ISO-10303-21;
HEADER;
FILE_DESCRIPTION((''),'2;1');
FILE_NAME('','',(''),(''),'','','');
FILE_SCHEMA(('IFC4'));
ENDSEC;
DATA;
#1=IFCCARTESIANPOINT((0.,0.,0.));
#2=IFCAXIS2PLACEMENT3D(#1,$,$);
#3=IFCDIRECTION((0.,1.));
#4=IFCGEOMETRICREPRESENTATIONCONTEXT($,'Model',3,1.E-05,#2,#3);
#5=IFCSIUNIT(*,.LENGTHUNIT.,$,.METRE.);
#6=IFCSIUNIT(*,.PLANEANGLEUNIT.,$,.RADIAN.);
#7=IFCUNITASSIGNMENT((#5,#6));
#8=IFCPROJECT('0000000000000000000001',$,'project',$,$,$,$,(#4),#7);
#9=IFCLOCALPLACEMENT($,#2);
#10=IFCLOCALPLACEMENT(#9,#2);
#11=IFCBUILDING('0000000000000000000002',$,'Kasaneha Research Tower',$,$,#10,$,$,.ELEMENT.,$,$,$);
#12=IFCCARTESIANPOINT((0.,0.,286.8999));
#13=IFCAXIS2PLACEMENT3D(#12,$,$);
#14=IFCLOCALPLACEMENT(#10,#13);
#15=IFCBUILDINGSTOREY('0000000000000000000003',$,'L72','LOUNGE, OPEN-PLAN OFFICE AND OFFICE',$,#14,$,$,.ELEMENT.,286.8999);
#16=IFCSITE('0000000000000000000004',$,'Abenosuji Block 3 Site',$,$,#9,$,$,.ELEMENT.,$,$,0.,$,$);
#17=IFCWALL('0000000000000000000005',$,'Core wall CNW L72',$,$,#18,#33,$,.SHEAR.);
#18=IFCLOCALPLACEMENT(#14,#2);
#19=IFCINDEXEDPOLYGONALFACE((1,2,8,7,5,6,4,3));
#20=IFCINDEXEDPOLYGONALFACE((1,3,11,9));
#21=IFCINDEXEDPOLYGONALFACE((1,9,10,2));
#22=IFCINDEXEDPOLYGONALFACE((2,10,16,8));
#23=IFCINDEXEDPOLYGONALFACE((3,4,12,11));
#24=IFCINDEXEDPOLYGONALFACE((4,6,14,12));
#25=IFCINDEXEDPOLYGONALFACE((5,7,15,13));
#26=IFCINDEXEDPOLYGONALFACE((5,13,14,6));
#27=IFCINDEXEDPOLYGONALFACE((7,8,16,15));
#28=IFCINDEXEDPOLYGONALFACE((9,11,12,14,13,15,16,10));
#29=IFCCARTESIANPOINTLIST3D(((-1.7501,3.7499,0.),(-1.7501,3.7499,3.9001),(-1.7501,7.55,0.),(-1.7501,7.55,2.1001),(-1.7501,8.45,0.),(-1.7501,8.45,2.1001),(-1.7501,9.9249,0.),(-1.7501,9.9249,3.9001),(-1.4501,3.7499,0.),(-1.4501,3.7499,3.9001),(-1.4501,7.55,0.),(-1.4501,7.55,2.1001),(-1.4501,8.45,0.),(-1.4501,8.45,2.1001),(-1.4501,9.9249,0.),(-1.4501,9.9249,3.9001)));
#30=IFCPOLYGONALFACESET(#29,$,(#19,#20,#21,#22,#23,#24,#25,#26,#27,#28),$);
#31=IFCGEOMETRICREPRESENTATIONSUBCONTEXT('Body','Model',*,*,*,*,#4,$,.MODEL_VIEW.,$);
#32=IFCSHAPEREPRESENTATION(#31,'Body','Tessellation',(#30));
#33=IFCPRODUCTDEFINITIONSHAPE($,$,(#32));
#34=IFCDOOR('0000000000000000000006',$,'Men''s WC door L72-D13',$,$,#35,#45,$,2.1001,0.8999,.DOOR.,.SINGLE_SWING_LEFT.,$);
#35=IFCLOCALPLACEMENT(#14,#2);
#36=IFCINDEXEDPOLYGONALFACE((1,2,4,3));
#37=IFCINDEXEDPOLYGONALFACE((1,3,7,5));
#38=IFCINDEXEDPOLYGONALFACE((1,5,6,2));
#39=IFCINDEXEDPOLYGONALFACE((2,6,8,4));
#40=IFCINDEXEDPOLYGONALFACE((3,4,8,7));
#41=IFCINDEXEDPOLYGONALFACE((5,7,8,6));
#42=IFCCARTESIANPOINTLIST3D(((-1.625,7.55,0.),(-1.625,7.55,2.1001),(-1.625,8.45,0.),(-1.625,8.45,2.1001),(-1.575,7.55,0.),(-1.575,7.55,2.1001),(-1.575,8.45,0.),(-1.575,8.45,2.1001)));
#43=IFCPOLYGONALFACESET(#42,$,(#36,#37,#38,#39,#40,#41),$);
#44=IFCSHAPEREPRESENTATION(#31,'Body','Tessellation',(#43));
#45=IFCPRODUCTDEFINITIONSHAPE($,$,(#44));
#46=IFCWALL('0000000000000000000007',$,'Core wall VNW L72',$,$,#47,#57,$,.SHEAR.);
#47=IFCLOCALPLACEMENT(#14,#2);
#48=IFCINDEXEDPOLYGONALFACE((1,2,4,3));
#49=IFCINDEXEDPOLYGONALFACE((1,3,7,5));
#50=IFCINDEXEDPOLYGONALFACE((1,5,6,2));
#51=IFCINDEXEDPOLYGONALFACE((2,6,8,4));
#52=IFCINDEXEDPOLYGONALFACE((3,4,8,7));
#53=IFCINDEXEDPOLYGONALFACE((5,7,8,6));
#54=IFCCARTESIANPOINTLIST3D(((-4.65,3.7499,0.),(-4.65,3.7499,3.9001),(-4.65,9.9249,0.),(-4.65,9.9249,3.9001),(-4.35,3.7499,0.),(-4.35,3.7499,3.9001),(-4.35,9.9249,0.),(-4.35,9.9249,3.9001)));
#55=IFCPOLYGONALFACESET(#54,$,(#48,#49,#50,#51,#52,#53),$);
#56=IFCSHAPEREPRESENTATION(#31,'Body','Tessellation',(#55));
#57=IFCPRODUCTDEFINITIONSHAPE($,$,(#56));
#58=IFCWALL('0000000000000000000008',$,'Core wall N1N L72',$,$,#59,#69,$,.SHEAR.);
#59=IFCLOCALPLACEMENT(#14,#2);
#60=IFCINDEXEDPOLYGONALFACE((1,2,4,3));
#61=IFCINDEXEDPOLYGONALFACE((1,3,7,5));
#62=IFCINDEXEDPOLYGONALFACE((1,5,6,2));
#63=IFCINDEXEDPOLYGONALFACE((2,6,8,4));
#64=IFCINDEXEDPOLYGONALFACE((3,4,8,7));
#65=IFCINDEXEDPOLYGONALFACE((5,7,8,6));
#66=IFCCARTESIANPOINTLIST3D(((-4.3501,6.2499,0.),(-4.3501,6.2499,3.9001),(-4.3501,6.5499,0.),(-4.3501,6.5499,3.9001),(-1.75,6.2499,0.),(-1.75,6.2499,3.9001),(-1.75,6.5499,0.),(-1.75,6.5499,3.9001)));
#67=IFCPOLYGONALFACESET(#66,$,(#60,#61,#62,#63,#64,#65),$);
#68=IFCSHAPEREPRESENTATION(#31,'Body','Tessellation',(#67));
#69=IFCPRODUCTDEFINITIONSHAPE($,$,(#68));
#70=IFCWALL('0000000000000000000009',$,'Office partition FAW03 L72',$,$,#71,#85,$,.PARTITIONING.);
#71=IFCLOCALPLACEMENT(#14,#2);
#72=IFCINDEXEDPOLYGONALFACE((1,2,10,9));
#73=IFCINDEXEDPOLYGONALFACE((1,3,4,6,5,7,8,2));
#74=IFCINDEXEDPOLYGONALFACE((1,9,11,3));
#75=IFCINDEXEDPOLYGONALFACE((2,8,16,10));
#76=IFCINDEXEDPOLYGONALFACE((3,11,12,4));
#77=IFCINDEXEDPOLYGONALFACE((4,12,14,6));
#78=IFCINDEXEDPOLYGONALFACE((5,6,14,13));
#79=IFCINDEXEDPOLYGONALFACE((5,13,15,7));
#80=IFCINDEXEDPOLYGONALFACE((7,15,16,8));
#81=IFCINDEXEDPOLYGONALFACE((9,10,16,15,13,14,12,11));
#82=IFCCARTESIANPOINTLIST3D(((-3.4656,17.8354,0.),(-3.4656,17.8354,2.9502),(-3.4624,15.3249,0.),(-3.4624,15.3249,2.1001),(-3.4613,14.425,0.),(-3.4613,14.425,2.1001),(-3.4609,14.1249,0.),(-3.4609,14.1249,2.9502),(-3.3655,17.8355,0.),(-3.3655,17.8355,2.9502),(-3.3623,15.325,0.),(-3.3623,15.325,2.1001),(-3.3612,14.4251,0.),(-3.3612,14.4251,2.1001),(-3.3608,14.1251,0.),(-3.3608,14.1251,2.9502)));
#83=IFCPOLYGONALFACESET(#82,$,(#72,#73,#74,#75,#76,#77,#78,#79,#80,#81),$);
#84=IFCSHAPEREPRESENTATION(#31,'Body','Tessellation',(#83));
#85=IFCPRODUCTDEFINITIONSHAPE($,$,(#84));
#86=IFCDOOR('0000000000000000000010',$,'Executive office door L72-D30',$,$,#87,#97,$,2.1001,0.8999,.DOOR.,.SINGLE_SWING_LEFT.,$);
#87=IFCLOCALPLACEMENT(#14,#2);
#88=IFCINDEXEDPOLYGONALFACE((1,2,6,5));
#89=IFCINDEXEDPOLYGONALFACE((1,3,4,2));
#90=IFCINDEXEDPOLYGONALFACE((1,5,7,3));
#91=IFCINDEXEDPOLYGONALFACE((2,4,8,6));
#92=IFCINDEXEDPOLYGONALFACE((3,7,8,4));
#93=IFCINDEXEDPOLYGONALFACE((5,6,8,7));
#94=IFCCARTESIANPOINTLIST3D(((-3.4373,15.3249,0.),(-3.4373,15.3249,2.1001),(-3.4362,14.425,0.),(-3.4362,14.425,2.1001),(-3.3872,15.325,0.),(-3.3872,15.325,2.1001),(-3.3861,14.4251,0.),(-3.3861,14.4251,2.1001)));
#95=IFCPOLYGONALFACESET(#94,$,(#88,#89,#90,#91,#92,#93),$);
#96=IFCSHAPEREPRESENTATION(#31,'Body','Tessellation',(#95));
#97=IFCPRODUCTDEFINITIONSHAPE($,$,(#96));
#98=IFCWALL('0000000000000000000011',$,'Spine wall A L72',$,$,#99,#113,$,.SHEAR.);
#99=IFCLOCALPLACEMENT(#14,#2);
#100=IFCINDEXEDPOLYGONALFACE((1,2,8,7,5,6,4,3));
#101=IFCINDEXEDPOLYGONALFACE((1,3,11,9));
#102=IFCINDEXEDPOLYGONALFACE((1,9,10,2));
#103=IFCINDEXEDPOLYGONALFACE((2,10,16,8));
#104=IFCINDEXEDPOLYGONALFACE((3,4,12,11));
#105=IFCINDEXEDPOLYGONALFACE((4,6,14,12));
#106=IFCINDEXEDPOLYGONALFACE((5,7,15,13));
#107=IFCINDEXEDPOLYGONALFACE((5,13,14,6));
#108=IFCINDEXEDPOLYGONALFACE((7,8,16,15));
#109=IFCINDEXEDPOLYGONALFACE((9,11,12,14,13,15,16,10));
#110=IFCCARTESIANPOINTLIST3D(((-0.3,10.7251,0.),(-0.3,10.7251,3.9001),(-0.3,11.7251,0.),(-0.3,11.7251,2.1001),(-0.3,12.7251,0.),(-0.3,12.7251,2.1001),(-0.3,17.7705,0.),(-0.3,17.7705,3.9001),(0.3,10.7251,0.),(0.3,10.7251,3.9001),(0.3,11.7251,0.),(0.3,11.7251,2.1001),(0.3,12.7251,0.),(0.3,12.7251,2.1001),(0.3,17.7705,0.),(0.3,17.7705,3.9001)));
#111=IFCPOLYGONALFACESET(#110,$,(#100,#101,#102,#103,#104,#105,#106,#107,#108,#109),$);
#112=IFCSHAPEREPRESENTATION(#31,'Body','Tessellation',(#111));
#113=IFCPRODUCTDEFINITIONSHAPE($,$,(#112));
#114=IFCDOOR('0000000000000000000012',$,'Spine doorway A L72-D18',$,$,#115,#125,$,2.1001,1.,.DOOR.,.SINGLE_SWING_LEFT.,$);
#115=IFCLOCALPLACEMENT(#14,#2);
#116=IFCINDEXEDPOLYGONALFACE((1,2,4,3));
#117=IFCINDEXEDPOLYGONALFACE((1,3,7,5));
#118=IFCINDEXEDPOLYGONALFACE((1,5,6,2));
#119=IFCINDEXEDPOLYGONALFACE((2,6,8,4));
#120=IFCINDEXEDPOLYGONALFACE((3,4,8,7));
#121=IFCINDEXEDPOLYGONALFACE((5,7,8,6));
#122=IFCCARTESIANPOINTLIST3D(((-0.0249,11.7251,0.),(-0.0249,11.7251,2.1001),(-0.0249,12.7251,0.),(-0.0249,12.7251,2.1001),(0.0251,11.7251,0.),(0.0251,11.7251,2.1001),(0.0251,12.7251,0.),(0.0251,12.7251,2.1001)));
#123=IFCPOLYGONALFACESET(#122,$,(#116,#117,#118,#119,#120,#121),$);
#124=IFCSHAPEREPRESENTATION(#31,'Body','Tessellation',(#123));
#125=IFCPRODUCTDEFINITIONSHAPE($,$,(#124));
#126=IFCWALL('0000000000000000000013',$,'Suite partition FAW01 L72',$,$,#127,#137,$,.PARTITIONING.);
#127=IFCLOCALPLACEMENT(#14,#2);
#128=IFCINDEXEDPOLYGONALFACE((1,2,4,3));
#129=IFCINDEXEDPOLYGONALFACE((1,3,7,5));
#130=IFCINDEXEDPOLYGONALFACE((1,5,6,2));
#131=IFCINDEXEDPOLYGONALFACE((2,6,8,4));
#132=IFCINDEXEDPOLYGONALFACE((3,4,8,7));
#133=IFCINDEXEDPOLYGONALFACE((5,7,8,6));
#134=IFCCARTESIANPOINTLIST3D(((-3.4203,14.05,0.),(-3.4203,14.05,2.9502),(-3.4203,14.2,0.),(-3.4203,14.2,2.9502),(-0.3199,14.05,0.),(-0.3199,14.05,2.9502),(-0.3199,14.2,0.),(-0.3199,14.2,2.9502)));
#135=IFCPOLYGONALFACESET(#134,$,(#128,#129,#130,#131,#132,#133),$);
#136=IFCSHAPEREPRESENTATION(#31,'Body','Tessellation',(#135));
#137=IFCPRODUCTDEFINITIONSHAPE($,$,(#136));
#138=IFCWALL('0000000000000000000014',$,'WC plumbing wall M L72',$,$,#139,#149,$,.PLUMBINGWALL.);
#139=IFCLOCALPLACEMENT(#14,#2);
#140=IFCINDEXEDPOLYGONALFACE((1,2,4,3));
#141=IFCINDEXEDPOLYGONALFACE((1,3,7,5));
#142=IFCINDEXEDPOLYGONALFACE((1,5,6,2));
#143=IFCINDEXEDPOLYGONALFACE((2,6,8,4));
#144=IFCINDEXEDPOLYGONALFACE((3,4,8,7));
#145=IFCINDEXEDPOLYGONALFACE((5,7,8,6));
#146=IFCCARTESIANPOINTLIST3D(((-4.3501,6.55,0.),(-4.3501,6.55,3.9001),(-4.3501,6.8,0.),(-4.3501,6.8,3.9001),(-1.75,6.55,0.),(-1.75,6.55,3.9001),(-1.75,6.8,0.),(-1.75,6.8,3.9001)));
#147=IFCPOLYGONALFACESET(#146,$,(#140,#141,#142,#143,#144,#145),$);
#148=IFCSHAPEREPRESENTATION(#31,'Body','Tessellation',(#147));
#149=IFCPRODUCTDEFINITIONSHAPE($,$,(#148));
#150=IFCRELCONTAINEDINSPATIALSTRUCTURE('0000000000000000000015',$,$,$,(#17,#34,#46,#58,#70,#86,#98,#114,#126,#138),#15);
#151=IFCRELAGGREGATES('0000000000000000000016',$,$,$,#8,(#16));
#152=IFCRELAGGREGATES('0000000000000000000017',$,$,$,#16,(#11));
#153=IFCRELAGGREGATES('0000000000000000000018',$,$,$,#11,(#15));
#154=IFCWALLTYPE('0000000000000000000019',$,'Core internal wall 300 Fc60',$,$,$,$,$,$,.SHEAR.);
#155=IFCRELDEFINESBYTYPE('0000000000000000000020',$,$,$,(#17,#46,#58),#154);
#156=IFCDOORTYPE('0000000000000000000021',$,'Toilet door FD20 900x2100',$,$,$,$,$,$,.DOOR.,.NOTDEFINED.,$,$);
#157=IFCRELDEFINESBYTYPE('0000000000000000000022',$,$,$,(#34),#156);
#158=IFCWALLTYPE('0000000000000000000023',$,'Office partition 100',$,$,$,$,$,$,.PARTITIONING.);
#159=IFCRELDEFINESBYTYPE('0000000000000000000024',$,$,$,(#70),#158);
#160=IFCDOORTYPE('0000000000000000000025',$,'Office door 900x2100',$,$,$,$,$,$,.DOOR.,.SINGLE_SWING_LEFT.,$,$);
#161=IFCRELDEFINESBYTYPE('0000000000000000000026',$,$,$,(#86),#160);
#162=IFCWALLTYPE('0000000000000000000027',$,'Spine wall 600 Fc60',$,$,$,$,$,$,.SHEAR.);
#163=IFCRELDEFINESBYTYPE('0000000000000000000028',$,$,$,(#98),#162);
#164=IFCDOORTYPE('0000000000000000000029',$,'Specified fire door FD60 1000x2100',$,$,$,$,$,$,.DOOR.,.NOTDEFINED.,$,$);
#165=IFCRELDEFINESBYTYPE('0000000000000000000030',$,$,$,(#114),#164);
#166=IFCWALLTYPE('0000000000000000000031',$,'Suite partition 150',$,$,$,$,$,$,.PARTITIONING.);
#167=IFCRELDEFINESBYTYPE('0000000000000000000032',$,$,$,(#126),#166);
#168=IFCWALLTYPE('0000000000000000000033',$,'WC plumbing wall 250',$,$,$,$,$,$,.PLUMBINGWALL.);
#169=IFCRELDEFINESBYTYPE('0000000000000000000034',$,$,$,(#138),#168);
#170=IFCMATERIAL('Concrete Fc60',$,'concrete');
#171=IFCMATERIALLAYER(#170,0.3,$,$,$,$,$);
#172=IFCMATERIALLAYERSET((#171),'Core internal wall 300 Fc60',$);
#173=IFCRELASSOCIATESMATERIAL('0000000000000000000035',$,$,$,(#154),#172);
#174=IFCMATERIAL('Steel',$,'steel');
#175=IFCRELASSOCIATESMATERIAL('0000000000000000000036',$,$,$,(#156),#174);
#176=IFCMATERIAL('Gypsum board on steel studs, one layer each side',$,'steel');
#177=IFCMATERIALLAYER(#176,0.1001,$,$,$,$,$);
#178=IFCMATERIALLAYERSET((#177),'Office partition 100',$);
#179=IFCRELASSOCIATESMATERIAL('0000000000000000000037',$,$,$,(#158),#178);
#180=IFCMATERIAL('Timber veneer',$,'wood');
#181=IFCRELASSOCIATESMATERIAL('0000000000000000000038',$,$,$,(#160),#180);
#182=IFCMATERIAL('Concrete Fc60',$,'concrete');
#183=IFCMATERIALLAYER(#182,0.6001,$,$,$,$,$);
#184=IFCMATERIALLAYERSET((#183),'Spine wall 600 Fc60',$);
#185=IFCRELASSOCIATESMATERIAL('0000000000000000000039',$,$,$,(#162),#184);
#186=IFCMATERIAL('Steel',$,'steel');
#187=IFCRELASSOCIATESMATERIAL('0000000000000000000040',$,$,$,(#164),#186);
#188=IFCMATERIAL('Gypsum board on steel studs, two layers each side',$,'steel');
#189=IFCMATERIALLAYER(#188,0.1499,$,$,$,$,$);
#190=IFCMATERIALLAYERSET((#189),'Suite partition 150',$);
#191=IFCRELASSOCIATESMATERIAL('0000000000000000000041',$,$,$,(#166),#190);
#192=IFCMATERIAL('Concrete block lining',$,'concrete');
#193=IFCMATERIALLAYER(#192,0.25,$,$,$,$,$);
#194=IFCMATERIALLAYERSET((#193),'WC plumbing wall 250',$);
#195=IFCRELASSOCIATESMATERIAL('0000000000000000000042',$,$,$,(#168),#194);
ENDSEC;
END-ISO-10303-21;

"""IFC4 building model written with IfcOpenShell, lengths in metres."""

from ifc_helpers import new_model, si_unit, direction, frame, frame_2d, origin, place, context, subcontext, project, spatial, rectangle, extrude, material, layer, layer_set, type_object, element, fill, save


model = new_model("IFC4")

# Units and contexts
model_context = context("Model", 3, precision=1e-05, world=origin(), true_north=direction((0.0, 1.0)))
body_context = subcontext(model_context, "Body", "Model", "MODEL_VIEW")
ifc_project = project(units=[si_unit("LENGTHUNIT", "METRE"), si_unit("PLANEANGLEUNIT", "RADIAN")], contexts=[model_context])

# Site, building, storey
site_placement = place(None, origin())
site = spatial("IfcSite", under=ifc_project, at=site_placement, Name="Abenosuji Block 3 Site", CompositionType="ELEMENT", RefElevation=0.0)
building_placement = place(site_placement, origin())
building = spatial("IfcBuilding", under=site, at=building_placement, Name="Kasaneha Research Tower", CompositionType="ELEMENT")
storey_placement = place(building_placement, frame((0.0, 0.0, 286.8999)))
storey = spatial("IfcBuildingStorey", under=building, at=storey_placement, Name="L72", Description="LOUNGE, OPEN-PLAN OFFICE AND OFFICE", CompositionType="ELEMENT", Elevation=286.8999)

# Wall, opening, door
ifc_material_1 = material(Name="Concrete Fc60", Category="concrete")
ifc_layer_1 = layer(ifc_material_1, 0.3)
ifc_layer_set_1 = layer_set([ifc_layer_1], Name="Core internal wall 300 Fc60")
wall_type_1 = type_object("IfcWallType", Name="Core internal wall 300 Fc60", PredefinedType="SHEAR", material=ifc_layer_set_1)
wall_1_placement = place(storey_placement, frame((-1.6001, 3.75, 0.0), z_axis=(0.0, 0.0, 1.0), x_axis=(0.0, 1.0, 0.0)))
wall_1 = element("IfcWall", 1, at=wall_1_placement, inside=storey, type_object=wall_type_1, Name="Core wall CNW L72", PredefinedType="SHEAR", context=body_context, shape_type="SweptSolid", body=[
    extrude(rectangle(XDim=6.175, YDim=0.3, at=frame_2d((3.0874, 0.0))), origin(), (0.0, 0.0, 1.0), 3.9001),
])
opening_1_placement = place(wall_1_placement, frame((3.8, 0.0, 0.0)))
opening_1 = element("IfcOpeningElement", 2, at=opening_1_placement, cuts=wall_1, PredefinedType="OPENING", context=body_context, shape_type="SweptSolid", body=[
    extrude(rectangle(XDim=0.8999, YDim=2.1001, at=frame_2d((0.45, 1.05))), frame((0.0, 0.1602, 0.0), z_axis=(0.0, -1.0, 0.0), x_axis=(1.0, 0.0, 0.0)), (0.0, 0.0, 1.0), 0.3201),
])
ifc_material_2 = material(Name="Steel", Category="steel")
door_type_1 = type_object("IfcDoorType", Name="Toilet door FD20 900x2100", OperationType="NOTDEFINED", PredefinedType="DOOR", material=ifc_material_2)
door_1_placement = place(opening_1_placement, origin())
door_1 = element("IfcDoor", 3, at=door_1_placement, inside=storey, type_object=door_type_1, Name="Men's WC door L72-D13", OperationType="SINGLE_SWING_LEFT", OverallHeight=2.1001, OverallWidth=0.8999, PredefinedType="DOOR", context=body_context, shape_type="SweptSolid", body=[
    extrude(rectangle(XDim=0.8999, YDim=2.1001, at=frame_2d((0.45, 1.05))), frame((0.0, 0.0249, 0.0), z_axis=(0.0, -1.0, 0.0), x_axis=(1.0, 0.0, 0.0)), (0.0, 0.0, 1.0), 0.05),
])
fill(opening_1, door_1)

# Walls
wall_2_placement = place(storey_placement, frame((-4.5, 3.75, 0.0), z_axis=(0.0, 0.0, 1.0), x_axis=(0.0, 1.0, 0.0)))
element("IfcWall", 4, at=wall_2_placement, inside=storey, type_object=wall_type_1, Name="Core wall VNW L72", PredefinedType="SHEAR", context=body_context, shape_type="SweptSolid", body=[
    extrude(rectangle(XDim=6.175, YDim=0.3, at=frame_2d((3.0874, 0.0))), origin(), (0.0, 0.0, 1.0), 3.9001),
])
wall_3_placement = place(storey_placement, frame((-4.3501, 6.3999, 0.0), z_axis=(0.0, 0.0, 1.0), x_axis=(1.0, 0.0, 0.0)))
element("IfcWall", 5, at=wall_3_placement, inside=storey, type_object=wall_type_1, Name="Core wall N1N L72", PredefinedType="SHEAR", context=body_context, shape_type="SweptSolid", body=[
    extrude(rectangle(XDim=2.6001, YDim=0.3, at=frame_2d((1.3, 0.0))), origin(), (0.0, 0.0, 1.0), 3.9001),
])

# Walls, openings, doors
ifc_material_3 = material(Name="Gypsum board on steel studs, one layer each side", Category="steel")
ifc_layer_2 = layer(ifc_material_3, 0.1001)
ifc_layer_set_2 = layer_set([ifc_layer_2], Name="Office partition 100")
wall_type_2 = type_object("IfcWallType", Name="Office partition 100", PredefinedType="PARTITIONING", material=ifc_layer_set_2)
wall_4_placement = place(storey_placement, frame((-3.4109, 14.125, 0.0), z_axis=(0.0, 0.0, 1.0), x_axis=(-0.00125, 0.999999, 0.0)))
wall_4 = element("IfcWall", 6, at=wall_4_placement, inside=storey, type_object=wall_type_2, Name="Office partition FAW03 L72", PredefinedType="PARTITIONING", context=body_context, shape_type="SweptSolid", body=[
    extrude(rectangle(XDim=3.7104, YDim=0.1001, at=frame_2d((1.8552, 0.0))), origin(), (0.0, 0.0, 1.0), 2.9502),
])
opening_2_placement = place(wall_4_placement, frame((0.3, 0.0, 0.0)))
opening_2 = element("IfcOpeningElement", 7, at=opening_2_placement, cuts=wall_4, PredefinedType="OPENING", context=body_context, shape_type="SweptSolid", body=[
    extrude(rectangle(XDim=0.8999, YDim=2.1001, at=frame_2d((0.45, 1.05))), frame((0.0, 0.0601, 0.0), z_axis=(0.0, -1.0, 0.0), x_axis=(1.0, 0.0, 0.0)), (0.0, 0.0, 1.0), 0.1201),
])
ifc_material_4 = material(Name="Timber veneer", Category="wood")
door_type_2 = type_object("IfcDoorType", Name="Office door 900x2100", OperationType="SINGLE_SWING_LEFT", PredefinedType="DOOR", material=ifc_material_4)
door_2_placement = place(opening_2_placement, origin())
door_2 = element("IfcDoor", 8, at=door_2_placement, inside=storey, type_object=door_type_2, Name="Executive office door L72-D30", OperationType="SINGLE_SWING_LEFT", OverallHeight=2.1001, OverallWidth=0.8999, PredefinedType="DOOR", context=body_context, shape_type="SweptSolid", body=[
    extrude(rectangle(XDim=0.8999, YDim=2.1001, at=frame_2d((0.45, 1.05))), frame((0.0, 0.0249, 0.0), z_axis=(0.0, -1.0, 0.0), x_axis=(1.0, 0.0, 0.0)), (0.0, 0.0, 1.0), 0.05),
])
fill(opening_2, door_2)
ifc_material_5 = material(Name="Concrete Fc60", Category="concrete")
ifc_layer_3 = layer(ifc_material_5, 0.6001)
ifc_layer_set_3 = layer_set([ifc_layer_3], Name="Spine wall 600 Fc60")
wall_type_3 = type_object("IfcWallType", Name="Spine wall 600 Fc60", PredefinedType="SHEAR", material=ifc_layer_set_3)
wall_5_placement = place(storey_placement, frame((0.0, 10.7251, 0.0), z_axis=(0.0, 0.0, 1.0), x_axis=(0.0, 1.0, 0.0)))
wall_5 = element("IfcWall", 9, at=wall_5_placement, inside=storey, type_object=wall_type_3, Name="Spine wall A L72", PredefinedType="SHEAR", context=body_context, shape_type="SweptSolid", body=[
    extrude(rectangle(XDim=7.0454, YDim=0.6001, at=frame_2d((3.5227, 0.0))), origin(), (0.0, 0.0, 1.0), 3.9001),
])
opening_3_placement = place(wall_5_placement, frame((1.0, 0.0, 0.0)))
opening_3 = element("IfcOpeningElement", 10, at=opening_3_placement, cuts=wall_5, PredefinedType="OPENING", context=body_context, shape_type="SweptSolid", body=[
    extrude(rectangle(XDim=1.0, YDim=2.1001, at=frame_2d((0.5, 1.05))), frame((0.0, 0.3101, 0.0), z_axis=(0.0, -1.0, 0.0), x_axis=(1.0, 0.0, 0.0)), (0.0, 0.0, 1.0), 0.6201),
])
ifc_material_6 = material(Name="Steel", Category="steel")
door_type_3 = type_object("IfcDoorType", Name="Specified fire door FD60 1000x2100", OperationType="NOTDEFINED", PredefinedType="DOOR", material=ifc_material_6)
door_3_placement = place(opening_3_placement, origin())
door_3 = element("IfcDoor", 11, at=door_3_placement, inside=storey, type_object=door_type_3, Name="Spine doorway A L72-D18", OperationType="SINGLE_SWING_LEFT", OverallHeight=2.1001, OverallWidth=1.0, PredefinedType="DOOR", context=body_context, shape_type="SweptSolid", body=[
    extrude(rectangle(XDim=1.0, YDim=2.1001, at=frame_2d((0.5, 1.05))), frame((0.0, 0.0249, 0.0), z_axis=(0.0, -1.0, 0.0), x_axis=(1.0, 0.0, 0.0)), (0.0, 0.0, 1.0), 0.05),
])
fill(opening_3, door_3)

# Walls
ifc_material_7 = material(Name="Gypsum board on steel studs, two layers each side", Category="steel")
ifc_layer_4 = layer(ifc_material_7, 0.1499)
ifc_layer_set_4 = layer_set([ifc_layer_4], Name="Suite partition 150")
wall_type_4 = type_object("IfcWallType", Name="Suite partition 150", PredefinedType="PARTITIONING", material=ifc_layer_set_4)
wall_6_placement = place(storey_placement, frame((-3.4204, 14.125, 0.0), z_axis=(0.0, 0.0, 1.0), x_axis=(1.0, 0.0, 0.0)))
element("IfcWall", 12, at=wall_6_placement, inside=storey, type_object=wall_type_4, Name="Suite partition FAW01 L72", PredefinedType="PARTITIONING", context=body_context, shape_type="SweptSolid", body=[
    extrude(rectangle(XDim=3.1003, YDim=0.1499, at=frame_2d((1.5503, 0.0))), origin(), (0.0, 0.0, 1.0), 2.9502),
])
ifc_material_8 = material(Name="Concrete block lining", Category="concrete")
ifc_layer_5 = layer(ifc_material_8, 0.25)
ifc_layer_set_5 = layer_set([ifc_layer_5], Name="WC plumbing wall 250")
wall_type_5 = type_object("IfcWallType", Name="WC plumbing wall 250", PredefinedType="PLUMBINGWALL", material=ifc_layer_set_5)
wall_7_placement = place(storey_placement, frame((-4.3501, 6.675, 0.0), z_axis=(0.0, 0.0, 1.0), x_axis=(1.0, 0.0, 0.0)))
element("IfcWall", 13, at=wall_7_placement, inside=storey, type_object=wall_type_5, Name="WC plumbing wall M L72", PredefinedType="PLUMBINGWALL", context=body_context, shape_type="SweptSolid", body=[
    extrude(rectangle(XDim=2.6001, YDim=0.25, at=frame_2d((1.3, 0.0))), origin(), (0.0, 0.0, 1.0), 3.9001),
])

save(model, "model.ifc")
